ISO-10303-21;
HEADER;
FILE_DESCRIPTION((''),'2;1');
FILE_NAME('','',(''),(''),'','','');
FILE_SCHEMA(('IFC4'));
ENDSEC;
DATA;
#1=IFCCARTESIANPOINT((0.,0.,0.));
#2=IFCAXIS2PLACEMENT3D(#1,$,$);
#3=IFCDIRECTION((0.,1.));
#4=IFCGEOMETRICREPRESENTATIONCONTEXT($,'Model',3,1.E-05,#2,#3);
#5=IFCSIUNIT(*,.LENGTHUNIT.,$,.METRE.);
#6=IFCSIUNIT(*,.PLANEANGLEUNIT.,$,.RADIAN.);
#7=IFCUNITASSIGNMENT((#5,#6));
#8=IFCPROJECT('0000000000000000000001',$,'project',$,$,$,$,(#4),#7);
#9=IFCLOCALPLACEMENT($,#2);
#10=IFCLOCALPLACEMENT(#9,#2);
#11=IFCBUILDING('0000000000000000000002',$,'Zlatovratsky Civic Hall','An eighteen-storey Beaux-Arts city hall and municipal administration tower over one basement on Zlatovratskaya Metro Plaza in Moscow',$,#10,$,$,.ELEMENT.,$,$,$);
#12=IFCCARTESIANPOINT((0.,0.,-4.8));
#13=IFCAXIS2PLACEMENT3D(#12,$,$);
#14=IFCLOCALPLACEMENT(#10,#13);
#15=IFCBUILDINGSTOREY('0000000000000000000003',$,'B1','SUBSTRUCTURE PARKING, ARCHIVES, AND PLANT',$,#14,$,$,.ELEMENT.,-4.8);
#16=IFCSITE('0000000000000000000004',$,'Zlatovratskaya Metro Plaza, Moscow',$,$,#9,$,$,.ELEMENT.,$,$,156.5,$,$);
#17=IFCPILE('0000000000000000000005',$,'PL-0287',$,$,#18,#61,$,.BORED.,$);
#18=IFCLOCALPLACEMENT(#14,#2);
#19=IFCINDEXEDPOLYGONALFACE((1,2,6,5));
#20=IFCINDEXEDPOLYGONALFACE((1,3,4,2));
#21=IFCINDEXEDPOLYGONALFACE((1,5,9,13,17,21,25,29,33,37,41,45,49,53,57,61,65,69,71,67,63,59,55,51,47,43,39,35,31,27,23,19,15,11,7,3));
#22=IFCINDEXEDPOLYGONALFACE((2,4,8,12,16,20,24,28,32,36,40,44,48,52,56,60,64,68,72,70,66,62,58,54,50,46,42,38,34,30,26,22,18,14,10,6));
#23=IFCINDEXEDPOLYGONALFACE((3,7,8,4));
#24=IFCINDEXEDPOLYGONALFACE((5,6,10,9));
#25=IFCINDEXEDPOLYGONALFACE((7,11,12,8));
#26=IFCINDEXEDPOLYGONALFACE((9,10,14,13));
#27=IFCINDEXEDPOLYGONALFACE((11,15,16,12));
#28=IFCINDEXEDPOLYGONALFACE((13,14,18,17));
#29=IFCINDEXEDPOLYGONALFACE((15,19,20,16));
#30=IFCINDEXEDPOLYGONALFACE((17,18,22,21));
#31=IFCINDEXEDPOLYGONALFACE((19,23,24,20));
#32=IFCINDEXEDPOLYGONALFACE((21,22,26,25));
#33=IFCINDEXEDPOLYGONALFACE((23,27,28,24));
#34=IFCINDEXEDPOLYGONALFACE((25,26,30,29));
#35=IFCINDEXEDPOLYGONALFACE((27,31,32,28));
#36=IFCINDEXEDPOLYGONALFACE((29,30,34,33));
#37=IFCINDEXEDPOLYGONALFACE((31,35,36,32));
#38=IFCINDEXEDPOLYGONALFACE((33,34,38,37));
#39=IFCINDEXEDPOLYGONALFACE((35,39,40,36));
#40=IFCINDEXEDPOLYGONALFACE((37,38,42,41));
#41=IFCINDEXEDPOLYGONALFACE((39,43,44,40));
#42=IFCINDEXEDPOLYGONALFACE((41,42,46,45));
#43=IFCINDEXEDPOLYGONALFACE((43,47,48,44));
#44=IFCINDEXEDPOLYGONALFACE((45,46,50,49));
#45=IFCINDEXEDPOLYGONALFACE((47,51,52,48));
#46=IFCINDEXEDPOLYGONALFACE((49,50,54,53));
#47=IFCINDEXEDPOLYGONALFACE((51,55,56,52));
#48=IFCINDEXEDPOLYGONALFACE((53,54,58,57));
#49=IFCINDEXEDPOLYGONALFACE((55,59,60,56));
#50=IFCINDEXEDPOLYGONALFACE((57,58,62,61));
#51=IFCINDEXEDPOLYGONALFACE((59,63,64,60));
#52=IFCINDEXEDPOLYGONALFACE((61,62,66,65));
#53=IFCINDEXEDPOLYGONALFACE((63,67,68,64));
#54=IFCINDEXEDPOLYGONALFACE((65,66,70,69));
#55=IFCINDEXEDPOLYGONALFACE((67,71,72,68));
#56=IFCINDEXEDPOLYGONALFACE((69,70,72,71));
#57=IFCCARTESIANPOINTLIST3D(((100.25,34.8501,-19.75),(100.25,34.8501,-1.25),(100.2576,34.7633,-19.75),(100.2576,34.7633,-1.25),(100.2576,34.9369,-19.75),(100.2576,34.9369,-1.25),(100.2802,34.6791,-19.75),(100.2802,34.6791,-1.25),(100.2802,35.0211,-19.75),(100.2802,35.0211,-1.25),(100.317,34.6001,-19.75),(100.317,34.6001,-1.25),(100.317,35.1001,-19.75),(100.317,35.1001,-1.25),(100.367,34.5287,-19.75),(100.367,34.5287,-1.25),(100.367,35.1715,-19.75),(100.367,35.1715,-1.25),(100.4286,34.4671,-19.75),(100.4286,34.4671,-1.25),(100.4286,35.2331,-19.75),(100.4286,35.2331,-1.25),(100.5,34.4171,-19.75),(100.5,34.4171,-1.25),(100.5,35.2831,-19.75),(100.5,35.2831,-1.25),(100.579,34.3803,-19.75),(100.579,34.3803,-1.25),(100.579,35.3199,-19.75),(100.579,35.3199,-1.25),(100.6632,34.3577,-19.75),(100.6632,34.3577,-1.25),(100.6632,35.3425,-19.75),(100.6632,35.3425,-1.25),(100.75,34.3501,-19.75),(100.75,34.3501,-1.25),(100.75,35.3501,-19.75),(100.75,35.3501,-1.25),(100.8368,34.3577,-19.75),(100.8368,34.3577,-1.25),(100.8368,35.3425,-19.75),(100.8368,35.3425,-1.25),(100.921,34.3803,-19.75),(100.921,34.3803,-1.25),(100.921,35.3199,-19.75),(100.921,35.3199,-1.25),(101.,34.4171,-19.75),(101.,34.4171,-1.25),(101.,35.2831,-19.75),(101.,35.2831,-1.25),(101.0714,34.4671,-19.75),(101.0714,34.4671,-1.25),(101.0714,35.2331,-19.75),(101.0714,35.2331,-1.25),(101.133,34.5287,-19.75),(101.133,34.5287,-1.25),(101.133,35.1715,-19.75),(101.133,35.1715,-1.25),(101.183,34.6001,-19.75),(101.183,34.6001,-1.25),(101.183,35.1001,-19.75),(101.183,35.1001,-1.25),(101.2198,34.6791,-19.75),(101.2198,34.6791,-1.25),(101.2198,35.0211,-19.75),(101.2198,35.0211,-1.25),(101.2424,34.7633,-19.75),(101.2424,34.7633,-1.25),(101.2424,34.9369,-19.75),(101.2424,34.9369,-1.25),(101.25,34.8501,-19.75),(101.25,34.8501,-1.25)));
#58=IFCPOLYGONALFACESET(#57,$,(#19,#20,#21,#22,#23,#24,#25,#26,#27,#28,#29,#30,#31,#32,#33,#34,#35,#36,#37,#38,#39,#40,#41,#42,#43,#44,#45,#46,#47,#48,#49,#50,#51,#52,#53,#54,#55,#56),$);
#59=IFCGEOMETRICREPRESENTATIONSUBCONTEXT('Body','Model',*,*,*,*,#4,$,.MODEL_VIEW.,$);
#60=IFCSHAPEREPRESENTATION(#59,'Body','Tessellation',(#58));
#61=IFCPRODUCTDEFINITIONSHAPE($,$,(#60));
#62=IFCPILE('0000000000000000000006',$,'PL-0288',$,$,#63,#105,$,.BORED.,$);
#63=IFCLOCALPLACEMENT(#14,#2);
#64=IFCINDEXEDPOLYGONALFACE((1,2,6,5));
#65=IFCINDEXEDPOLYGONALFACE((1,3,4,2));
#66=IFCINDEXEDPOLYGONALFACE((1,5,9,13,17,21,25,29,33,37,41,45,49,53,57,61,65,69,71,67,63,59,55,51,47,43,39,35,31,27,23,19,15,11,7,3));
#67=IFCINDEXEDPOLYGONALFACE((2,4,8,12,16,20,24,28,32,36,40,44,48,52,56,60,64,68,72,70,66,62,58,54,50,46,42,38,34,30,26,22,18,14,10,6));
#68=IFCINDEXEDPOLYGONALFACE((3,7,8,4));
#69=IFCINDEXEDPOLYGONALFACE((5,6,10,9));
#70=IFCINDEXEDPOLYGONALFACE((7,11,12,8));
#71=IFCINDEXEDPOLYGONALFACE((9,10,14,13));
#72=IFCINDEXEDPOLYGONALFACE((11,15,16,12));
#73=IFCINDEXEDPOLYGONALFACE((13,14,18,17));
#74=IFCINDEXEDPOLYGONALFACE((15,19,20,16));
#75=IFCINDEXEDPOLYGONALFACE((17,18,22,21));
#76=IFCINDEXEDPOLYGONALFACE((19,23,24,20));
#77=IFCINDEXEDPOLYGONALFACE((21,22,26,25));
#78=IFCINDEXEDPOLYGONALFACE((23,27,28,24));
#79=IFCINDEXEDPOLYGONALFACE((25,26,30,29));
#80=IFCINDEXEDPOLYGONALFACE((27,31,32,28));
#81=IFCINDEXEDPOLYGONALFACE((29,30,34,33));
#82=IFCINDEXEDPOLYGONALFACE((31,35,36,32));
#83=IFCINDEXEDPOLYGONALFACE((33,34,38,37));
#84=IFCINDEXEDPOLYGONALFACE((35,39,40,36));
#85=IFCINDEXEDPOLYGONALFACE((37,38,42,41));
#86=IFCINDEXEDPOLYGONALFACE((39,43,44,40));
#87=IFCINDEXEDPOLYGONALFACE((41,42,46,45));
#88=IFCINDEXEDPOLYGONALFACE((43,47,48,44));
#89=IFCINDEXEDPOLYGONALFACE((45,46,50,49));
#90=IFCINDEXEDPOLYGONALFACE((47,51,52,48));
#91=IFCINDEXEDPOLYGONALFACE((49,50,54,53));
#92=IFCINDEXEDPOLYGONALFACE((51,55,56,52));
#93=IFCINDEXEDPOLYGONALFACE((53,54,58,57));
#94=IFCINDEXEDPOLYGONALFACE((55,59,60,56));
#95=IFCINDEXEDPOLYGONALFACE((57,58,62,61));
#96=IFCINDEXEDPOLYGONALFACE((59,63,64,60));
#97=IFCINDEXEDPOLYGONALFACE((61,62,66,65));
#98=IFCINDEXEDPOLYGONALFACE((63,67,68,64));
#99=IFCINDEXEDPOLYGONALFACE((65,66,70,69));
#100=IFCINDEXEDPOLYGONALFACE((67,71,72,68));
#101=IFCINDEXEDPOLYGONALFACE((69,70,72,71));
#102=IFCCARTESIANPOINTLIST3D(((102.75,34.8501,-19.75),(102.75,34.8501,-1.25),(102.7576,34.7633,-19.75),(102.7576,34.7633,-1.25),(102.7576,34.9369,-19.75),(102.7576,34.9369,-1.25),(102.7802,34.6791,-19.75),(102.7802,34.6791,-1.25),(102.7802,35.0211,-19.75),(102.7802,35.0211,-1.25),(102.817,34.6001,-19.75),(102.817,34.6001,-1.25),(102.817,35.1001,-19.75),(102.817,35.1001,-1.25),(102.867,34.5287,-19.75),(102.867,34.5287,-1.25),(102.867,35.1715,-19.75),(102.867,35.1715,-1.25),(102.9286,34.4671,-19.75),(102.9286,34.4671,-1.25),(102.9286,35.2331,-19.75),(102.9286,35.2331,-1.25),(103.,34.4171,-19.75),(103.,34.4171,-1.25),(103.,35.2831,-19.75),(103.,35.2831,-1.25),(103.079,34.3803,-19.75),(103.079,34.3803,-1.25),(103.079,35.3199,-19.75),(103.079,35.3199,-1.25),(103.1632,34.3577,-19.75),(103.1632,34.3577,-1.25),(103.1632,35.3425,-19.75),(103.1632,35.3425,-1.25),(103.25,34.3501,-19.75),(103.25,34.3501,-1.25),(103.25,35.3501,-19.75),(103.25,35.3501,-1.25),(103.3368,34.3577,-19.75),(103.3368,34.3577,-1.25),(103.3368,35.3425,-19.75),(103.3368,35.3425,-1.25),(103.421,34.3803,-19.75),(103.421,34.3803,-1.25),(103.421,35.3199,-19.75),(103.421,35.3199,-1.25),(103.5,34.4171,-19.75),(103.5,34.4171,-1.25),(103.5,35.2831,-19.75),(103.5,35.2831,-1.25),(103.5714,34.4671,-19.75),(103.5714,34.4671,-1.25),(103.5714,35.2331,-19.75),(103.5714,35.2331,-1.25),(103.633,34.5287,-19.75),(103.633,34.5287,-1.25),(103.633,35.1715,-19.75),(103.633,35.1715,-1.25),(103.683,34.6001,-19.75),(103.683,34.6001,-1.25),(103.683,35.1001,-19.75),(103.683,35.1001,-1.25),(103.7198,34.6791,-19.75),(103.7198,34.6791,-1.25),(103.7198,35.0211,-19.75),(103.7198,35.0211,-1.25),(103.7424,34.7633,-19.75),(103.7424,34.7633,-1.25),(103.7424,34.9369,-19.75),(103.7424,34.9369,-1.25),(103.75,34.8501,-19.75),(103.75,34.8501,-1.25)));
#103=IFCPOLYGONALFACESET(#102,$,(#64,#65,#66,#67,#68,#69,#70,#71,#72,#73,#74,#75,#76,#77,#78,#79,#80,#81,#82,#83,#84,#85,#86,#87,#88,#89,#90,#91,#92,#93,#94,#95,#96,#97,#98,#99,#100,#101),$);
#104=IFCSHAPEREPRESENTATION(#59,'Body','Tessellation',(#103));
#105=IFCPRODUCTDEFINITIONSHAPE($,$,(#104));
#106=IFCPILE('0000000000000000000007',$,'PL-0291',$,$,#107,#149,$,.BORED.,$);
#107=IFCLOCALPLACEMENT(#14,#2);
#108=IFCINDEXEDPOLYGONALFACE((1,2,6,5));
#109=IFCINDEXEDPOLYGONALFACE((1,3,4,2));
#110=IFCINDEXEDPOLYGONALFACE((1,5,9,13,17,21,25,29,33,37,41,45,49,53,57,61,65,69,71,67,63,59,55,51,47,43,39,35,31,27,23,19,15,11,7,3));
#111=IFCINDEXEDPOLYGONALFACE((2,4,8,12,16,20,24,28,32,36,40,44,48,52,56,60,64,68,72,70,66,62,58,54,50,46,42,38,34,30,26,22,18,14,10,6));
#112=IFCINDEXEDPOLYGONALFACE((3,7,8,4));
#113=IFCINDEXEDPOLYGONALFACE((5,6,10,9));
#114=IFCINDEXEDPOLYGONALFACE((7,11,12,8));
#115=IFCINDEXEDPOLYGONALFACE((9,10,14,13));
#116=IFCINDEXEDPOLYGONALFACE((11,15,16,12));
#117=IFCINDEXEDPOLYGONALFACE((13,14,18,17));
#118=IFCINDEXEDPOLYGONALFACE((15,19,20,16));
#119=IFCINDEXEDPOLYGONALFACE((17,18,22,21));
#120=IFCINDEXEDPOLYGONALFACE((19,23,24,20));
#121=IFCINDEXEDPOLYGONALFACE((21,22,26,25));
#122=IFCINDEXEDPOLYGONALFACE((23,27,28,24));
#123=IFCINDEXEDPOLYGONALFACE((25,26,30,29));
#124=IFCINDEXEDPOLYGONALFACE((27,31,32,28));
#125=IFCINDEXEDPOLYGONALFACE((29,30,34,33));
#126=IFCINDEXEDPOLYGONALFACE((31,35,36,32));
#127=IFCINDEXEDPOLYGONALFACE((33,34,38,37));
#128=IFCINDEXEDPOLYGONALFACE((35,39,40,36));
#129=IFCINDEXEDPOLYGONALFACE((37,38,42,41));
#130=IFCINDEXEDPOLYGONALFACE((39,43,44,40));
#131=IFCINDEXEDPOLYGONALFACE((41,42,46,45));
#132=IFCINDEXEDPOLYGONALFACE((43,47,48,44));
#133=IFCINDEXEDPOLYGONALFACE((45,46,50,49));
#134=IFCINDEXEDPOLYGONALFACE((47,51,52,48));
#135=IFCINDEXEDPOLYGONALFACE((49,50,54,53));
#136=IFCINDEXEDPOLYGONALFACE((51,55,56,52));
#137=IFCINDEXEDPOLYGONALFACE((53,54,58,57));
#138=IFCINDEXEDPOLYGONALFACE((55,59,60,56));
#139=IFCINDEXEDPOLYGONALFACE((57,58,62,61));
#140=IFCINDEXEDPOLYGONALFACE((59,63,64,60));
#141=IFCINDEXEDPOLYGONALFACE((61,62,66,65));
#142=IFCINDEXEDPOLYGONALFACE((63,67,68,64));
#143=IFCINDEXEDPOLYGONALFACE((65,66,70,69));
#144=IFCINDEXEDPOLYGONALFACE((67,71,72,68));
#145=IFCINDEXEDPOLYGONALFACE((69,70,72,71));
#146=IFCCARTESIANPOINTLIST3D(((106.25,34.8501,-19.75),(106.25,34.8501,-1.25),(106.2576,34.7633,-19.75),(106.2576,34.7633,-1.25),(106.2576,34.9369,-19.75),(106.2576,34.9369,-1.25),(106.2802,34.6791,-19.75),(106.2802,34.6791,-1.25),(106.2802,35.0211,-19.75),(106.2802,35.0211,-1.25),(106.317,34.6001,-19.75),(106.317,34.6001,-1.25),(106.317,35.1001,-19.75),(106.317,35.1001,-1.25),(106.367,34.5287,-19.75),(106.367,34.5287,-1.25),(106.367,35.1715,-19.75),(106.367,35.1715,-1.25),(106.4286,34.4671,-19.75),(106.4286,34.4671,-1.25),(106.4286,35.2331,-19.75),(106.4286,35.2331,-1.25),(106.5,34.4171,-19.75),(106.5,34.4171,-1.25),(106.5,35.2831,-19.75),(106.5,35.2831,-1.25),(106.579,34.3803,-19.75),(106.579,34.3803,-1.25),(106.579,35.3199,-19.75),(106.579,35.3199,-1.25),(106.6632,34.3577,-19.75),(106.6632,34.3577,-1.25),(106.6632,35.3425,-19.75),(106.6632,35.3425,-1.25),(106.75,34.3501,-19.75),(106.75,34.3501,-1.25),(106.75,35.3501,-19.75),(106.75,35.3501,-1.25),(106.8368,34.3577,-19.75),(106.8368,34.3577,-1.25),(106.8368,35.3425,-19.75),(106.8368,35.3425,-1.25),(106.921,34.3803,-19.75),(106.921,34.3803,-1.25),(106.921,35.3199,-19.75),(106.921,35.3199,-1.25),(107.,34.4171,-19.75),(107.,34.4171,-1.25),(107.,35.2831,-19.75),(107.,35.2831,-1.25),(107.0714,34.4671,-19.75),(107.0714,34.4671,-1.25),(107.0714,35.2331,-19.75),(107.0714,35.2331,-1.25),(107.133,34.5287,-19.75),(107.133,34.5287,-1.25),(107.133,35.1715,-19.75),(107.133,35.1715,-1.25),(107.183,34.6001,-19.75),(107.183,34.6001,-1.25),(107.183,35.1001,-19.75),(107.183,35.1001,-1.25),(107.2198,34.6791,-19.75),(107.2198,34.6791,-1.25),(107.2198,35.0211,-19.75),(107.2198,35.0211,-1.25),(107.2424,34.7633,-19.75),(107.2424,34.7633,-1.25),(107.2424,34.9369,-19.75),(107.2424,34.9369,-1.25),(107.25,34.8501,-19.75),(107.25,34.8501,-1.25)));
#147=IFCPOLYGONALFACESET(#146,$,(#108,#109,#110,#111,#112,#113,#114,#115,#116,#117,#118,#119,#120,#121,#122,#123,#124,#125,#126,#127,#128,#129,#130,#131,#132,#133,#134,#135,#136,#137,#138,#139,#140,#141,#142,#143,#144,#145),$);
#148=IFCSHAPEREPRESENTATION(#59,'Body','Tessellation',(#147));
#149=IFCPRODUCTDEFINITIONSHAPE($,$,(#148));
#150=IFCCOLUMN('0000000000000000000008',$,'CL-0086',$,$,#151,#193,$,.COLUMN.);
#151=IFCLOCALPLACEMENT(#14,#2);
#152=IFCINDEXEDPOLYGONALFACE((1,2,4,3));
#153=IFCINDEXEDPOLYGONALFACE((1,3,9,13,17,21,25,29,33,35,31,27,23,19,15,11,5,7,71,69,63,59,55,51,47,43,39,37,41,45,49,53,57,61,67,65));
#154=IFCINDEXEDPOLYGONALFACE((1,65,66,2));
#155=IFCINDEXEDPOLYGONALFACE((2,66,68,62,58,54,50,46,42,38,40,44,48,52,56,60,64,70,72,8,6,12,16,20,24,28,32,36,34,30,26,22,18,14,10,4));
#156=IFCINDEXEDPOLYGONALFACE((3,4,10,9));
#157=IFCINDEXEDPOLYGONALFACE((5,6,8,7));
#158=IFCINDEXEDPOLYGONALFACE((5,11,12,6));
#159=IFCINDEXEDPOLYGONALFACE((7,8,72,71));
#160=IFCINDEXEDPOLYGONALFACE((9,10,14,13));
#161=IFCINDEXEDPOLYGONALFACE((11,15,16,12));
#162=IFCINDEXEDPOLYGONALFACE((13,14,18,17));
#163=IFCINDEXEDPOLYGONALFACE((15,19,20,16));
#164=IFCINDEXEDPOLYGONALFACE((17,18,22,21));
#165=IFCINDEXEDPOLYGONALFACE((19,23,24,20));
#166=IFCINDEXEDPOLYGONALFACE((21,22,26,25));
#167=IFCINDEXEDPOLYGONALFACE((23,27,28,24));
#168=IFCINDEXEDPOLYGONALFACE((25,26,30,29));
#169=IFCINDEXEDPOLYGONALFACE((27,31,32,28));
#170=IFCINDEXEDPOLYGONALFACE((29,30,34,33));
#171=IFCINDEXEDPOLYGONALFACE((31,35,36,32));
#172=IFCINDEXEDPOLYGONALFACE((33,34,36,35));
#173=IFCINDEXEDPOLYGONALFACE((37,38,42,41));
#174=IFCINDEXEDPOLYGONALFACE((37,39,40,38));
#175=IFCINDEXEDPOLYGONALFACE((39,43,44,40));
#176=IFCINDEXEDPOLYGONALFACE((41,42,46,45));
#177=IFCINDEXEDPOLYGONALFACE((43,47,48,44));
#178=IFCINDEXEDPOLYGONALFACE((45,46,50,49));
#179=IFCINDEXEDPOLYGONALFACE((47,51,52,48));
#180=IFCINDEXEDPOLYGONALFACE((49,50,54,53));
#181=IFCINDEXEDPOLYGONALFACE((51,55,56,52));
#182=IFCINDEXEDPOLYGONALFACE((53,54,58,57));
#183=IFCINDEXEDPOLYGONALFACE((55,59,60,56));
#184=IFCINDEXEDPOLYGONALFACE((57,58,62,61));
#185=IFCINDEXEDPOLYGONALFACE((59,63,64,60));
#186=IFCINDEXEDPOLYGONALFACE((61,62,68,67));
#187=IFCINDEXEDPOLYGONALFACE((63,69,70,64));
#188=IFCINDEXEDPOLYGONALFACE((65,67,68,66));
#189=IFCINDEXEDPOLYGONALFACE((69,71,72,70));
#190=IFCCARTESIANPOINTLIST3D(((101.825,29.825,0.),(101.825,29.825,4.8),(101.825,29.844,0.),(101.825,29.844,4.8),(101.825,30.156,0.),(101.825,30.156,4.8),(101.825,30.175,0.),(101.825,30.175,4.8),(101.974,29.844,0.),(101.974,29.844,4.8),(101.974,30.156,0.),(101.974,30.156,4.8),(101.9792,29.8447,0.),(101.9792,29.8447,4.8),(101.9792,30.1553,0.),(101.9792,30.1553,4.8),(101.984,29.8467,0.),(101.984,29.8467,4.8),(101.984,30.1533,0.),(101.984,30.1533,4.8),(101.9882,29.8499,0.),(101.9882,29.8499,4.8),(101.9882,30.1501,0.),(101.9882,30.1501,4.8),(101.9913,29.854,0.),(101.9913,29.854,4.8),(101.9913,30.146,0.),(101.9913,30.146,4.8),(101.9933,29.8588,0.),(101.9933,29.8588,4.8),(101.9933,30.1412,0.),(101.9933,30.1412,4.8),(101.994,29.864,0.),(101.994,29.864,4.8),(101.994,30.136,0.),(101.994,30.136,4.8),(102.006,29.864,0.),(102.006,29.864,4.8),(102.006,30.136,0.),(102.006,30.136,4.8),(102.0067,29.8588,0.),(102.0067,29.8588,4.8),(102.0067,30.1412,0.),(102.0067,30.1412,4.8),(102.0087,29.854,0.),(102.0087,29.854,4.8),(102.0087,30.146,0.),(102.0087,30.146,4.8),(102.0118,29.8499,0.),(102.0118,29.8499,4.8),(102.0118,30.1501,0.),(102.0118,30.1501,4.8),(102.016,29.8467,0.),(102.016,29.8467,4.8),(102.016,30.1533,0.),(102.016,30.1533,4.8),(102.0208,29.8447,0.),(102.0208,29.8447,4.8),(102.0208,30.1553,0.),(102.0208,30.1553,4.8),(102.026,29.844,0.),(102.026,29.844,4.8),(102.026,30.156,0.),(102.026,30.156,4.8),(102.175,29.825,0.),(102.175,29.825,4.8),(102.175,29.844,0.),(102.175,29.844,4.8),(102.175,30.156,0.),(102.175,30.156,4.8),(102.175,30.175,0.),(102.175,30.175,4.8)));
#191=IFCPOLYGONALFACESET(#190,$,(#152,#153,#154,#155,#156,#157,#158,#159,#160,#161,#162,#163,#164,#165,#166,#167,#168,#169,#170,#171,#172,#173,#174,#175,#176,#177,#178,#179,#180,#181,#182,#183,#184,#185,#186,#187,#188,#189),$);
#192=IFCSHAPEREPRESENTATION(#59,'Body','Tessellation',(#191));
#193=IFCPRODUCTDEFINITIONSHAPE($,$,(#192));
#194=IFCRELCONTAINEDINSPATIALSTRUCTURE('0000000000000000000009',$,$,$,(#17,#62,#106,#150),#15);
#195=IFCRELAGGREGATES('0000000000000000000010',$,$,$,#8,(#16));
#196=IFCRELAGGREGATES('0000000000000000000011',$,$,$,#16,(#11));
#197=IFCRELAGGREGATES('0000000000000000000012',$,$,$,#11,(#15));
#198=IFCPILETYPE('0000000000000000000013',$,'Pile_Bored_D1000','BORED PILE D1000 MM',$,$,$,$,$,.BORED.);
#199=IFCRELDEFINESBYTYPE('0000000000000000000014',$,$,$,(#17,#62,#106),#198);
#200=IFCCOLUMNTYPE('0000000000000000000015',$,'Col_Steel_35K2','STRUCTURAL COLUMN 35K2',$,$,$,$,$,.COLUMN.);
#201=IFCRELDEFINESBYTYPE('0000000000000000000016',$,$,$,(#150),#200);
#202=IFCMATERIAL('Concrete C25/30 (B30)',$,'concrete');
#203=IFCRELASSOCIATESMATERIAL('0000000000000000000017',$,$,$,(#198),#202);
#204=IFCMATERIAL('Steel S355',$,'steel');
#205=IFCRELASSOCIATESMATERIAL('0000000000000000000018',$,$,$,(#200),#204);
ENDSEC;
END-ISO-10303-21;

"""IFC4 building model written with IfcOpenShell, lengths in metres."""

from ifc_helpers import new_model, si_unit, direction, frame, origin, origin_2d, place, context, subcontext, project, spatial, circle, i_section, extrude, material, material_profile, profile_set, type_object, element, save


model = new_model("IFC4")

# Units and contexts
model_context = context("Model", 3, precision=1e-05, world=origin(), true_north=direction((0.0, 1.0)))
body_context = subcontext(model_context, "Body", "Model", "MODEL_VIEW")
ifc_project = project(units=[si_unit("LENGTHUNIT", "METRE"), si_unit("PLANEANGLEUNIT", "RADIAN")], contexts=[model_context])

# Site, building, storey
site_placement = place(None, origin())
site = spatial("IfcSite", under=ifc_project, at=site_placement, Name="Zlatovratskaya Metro Plaza, Moscow", CompositionType="ELEMENT", RefElevation=156.5)
building_placement = place(site_placement, origin())
building = spatial("IfcBuilding", under=site, at=building_placement, Name="Zlatovratsky Civic Hall", Description="An eighteen-storey Beaux-Arts city hall and municipal administration tower over one basement on Zlatovratskaya Metro Plaza in Moscow", CompositionType="ELEMENT")
storey_placement = place(building_placement, frame((0.0, 0.0, -4.8)))
storey = spatial("IfcBuildingStorey", under=building, at=storey_placement, Name="B1", Description="SUBSTRUCTURE PARKING, ARCHIVES, AND PLANT", CompositionType="ELEMENT", Elevation=-4.8)

# Shared definitions
ifc_material_1 = material(Name="Concrete C25/30 (B30)", Category="concrete")

# Piles
ifc_material_profile_1 = material_profile(ifc_material_1, circle(Radius=0.5, at=origin_2d()), Name="PILE D1000")
ifc_profile_set_1 = profile_set([ifc_material_profile_1], Name="Concrete C25/30 (B30)")
pile_type = type_object("IfcPileType", Name="Pile_Bored_D1000", Description="BORED PILE D1000 MM", PredefinedType="BORED", material=ifc_profile_set_1)
for number, where, z_axis, x_axis, name in (
    (1, (100.75, 34.8501, -1.25), (0.0, 0.0, -1.0), (1.0, 0.0, 0.0), "PL-0287"),
    (2, (103.25, 34.8501, -1.25), (0.0, 0.0, -1.0), (1.0, 0.0, 0.0), "PL-0288"),
    (3, (106.75, 34.8501, -1.25), (0.0, 0.0, -1.0), (1.0, 0.0, 0.0), "PL-0291"),
):
    element("IfcPile", number, at=place(storey_placement, frame(where, z_axis=z_axis, x_axis=x_axis)), inside=storey, type_object=pile_type, Name=name, PredefinedType="BORED", context=body_context, shape_type="SweptSolid", body=[
        extrude(circle(Radius=0.5, at=origin_2d()), origin(), (0.0, 0.0, 1.0), 18.5),
    ])

# Column
ifc_material_2 = material(Name="Steel S355", Category="steel")
ifc_material_profile_2 = material_profile(ifc_material_2, i_section(OverallWidth=0.3501, OverallDepth=0.3501, WebThickness=0.012, FlangeThickness=0.019, FilletRadius=0.02, at=origin_2d()), Name="35K2")
ifc_profile_set_2 = profile_set([ifc_material_profile_2], Name="Steel S355")
column_type = type_object("IfcColumnType", Name="Col_Steel_35K2", Description="STRUCTURAL COLUMN 35K2", PredefinedType="COLUMN", material=ifc_profile_set_2)
for number, where, z_axis, x_axis, name in (
    (4, (102.0, 30.0, 0.0), (0.0, 0.0, 1.0), (1.0, 0.0, 0.0), "CL-0086"),
):
    element("IfcColumn", number, at=place(storey_placement, frame(where, z_axis=z_axis, x_axis=x_axis)), inside=storey, type_object=column_type, Name=name, PredefinedType="COLUMN", context=body_context, shape_type="SweptSolid", body=[
        extrude(i_section(OverallWidth=0.3501, OverallDepth=0.3501, WebThickness=0.012, FlangeThickness=0.019, FilletRadius=0.02, at=origin_2d()), origin(), (0.0, 0.0, 1.0), 4.8),
    ])

save(model, "model.ifc")
